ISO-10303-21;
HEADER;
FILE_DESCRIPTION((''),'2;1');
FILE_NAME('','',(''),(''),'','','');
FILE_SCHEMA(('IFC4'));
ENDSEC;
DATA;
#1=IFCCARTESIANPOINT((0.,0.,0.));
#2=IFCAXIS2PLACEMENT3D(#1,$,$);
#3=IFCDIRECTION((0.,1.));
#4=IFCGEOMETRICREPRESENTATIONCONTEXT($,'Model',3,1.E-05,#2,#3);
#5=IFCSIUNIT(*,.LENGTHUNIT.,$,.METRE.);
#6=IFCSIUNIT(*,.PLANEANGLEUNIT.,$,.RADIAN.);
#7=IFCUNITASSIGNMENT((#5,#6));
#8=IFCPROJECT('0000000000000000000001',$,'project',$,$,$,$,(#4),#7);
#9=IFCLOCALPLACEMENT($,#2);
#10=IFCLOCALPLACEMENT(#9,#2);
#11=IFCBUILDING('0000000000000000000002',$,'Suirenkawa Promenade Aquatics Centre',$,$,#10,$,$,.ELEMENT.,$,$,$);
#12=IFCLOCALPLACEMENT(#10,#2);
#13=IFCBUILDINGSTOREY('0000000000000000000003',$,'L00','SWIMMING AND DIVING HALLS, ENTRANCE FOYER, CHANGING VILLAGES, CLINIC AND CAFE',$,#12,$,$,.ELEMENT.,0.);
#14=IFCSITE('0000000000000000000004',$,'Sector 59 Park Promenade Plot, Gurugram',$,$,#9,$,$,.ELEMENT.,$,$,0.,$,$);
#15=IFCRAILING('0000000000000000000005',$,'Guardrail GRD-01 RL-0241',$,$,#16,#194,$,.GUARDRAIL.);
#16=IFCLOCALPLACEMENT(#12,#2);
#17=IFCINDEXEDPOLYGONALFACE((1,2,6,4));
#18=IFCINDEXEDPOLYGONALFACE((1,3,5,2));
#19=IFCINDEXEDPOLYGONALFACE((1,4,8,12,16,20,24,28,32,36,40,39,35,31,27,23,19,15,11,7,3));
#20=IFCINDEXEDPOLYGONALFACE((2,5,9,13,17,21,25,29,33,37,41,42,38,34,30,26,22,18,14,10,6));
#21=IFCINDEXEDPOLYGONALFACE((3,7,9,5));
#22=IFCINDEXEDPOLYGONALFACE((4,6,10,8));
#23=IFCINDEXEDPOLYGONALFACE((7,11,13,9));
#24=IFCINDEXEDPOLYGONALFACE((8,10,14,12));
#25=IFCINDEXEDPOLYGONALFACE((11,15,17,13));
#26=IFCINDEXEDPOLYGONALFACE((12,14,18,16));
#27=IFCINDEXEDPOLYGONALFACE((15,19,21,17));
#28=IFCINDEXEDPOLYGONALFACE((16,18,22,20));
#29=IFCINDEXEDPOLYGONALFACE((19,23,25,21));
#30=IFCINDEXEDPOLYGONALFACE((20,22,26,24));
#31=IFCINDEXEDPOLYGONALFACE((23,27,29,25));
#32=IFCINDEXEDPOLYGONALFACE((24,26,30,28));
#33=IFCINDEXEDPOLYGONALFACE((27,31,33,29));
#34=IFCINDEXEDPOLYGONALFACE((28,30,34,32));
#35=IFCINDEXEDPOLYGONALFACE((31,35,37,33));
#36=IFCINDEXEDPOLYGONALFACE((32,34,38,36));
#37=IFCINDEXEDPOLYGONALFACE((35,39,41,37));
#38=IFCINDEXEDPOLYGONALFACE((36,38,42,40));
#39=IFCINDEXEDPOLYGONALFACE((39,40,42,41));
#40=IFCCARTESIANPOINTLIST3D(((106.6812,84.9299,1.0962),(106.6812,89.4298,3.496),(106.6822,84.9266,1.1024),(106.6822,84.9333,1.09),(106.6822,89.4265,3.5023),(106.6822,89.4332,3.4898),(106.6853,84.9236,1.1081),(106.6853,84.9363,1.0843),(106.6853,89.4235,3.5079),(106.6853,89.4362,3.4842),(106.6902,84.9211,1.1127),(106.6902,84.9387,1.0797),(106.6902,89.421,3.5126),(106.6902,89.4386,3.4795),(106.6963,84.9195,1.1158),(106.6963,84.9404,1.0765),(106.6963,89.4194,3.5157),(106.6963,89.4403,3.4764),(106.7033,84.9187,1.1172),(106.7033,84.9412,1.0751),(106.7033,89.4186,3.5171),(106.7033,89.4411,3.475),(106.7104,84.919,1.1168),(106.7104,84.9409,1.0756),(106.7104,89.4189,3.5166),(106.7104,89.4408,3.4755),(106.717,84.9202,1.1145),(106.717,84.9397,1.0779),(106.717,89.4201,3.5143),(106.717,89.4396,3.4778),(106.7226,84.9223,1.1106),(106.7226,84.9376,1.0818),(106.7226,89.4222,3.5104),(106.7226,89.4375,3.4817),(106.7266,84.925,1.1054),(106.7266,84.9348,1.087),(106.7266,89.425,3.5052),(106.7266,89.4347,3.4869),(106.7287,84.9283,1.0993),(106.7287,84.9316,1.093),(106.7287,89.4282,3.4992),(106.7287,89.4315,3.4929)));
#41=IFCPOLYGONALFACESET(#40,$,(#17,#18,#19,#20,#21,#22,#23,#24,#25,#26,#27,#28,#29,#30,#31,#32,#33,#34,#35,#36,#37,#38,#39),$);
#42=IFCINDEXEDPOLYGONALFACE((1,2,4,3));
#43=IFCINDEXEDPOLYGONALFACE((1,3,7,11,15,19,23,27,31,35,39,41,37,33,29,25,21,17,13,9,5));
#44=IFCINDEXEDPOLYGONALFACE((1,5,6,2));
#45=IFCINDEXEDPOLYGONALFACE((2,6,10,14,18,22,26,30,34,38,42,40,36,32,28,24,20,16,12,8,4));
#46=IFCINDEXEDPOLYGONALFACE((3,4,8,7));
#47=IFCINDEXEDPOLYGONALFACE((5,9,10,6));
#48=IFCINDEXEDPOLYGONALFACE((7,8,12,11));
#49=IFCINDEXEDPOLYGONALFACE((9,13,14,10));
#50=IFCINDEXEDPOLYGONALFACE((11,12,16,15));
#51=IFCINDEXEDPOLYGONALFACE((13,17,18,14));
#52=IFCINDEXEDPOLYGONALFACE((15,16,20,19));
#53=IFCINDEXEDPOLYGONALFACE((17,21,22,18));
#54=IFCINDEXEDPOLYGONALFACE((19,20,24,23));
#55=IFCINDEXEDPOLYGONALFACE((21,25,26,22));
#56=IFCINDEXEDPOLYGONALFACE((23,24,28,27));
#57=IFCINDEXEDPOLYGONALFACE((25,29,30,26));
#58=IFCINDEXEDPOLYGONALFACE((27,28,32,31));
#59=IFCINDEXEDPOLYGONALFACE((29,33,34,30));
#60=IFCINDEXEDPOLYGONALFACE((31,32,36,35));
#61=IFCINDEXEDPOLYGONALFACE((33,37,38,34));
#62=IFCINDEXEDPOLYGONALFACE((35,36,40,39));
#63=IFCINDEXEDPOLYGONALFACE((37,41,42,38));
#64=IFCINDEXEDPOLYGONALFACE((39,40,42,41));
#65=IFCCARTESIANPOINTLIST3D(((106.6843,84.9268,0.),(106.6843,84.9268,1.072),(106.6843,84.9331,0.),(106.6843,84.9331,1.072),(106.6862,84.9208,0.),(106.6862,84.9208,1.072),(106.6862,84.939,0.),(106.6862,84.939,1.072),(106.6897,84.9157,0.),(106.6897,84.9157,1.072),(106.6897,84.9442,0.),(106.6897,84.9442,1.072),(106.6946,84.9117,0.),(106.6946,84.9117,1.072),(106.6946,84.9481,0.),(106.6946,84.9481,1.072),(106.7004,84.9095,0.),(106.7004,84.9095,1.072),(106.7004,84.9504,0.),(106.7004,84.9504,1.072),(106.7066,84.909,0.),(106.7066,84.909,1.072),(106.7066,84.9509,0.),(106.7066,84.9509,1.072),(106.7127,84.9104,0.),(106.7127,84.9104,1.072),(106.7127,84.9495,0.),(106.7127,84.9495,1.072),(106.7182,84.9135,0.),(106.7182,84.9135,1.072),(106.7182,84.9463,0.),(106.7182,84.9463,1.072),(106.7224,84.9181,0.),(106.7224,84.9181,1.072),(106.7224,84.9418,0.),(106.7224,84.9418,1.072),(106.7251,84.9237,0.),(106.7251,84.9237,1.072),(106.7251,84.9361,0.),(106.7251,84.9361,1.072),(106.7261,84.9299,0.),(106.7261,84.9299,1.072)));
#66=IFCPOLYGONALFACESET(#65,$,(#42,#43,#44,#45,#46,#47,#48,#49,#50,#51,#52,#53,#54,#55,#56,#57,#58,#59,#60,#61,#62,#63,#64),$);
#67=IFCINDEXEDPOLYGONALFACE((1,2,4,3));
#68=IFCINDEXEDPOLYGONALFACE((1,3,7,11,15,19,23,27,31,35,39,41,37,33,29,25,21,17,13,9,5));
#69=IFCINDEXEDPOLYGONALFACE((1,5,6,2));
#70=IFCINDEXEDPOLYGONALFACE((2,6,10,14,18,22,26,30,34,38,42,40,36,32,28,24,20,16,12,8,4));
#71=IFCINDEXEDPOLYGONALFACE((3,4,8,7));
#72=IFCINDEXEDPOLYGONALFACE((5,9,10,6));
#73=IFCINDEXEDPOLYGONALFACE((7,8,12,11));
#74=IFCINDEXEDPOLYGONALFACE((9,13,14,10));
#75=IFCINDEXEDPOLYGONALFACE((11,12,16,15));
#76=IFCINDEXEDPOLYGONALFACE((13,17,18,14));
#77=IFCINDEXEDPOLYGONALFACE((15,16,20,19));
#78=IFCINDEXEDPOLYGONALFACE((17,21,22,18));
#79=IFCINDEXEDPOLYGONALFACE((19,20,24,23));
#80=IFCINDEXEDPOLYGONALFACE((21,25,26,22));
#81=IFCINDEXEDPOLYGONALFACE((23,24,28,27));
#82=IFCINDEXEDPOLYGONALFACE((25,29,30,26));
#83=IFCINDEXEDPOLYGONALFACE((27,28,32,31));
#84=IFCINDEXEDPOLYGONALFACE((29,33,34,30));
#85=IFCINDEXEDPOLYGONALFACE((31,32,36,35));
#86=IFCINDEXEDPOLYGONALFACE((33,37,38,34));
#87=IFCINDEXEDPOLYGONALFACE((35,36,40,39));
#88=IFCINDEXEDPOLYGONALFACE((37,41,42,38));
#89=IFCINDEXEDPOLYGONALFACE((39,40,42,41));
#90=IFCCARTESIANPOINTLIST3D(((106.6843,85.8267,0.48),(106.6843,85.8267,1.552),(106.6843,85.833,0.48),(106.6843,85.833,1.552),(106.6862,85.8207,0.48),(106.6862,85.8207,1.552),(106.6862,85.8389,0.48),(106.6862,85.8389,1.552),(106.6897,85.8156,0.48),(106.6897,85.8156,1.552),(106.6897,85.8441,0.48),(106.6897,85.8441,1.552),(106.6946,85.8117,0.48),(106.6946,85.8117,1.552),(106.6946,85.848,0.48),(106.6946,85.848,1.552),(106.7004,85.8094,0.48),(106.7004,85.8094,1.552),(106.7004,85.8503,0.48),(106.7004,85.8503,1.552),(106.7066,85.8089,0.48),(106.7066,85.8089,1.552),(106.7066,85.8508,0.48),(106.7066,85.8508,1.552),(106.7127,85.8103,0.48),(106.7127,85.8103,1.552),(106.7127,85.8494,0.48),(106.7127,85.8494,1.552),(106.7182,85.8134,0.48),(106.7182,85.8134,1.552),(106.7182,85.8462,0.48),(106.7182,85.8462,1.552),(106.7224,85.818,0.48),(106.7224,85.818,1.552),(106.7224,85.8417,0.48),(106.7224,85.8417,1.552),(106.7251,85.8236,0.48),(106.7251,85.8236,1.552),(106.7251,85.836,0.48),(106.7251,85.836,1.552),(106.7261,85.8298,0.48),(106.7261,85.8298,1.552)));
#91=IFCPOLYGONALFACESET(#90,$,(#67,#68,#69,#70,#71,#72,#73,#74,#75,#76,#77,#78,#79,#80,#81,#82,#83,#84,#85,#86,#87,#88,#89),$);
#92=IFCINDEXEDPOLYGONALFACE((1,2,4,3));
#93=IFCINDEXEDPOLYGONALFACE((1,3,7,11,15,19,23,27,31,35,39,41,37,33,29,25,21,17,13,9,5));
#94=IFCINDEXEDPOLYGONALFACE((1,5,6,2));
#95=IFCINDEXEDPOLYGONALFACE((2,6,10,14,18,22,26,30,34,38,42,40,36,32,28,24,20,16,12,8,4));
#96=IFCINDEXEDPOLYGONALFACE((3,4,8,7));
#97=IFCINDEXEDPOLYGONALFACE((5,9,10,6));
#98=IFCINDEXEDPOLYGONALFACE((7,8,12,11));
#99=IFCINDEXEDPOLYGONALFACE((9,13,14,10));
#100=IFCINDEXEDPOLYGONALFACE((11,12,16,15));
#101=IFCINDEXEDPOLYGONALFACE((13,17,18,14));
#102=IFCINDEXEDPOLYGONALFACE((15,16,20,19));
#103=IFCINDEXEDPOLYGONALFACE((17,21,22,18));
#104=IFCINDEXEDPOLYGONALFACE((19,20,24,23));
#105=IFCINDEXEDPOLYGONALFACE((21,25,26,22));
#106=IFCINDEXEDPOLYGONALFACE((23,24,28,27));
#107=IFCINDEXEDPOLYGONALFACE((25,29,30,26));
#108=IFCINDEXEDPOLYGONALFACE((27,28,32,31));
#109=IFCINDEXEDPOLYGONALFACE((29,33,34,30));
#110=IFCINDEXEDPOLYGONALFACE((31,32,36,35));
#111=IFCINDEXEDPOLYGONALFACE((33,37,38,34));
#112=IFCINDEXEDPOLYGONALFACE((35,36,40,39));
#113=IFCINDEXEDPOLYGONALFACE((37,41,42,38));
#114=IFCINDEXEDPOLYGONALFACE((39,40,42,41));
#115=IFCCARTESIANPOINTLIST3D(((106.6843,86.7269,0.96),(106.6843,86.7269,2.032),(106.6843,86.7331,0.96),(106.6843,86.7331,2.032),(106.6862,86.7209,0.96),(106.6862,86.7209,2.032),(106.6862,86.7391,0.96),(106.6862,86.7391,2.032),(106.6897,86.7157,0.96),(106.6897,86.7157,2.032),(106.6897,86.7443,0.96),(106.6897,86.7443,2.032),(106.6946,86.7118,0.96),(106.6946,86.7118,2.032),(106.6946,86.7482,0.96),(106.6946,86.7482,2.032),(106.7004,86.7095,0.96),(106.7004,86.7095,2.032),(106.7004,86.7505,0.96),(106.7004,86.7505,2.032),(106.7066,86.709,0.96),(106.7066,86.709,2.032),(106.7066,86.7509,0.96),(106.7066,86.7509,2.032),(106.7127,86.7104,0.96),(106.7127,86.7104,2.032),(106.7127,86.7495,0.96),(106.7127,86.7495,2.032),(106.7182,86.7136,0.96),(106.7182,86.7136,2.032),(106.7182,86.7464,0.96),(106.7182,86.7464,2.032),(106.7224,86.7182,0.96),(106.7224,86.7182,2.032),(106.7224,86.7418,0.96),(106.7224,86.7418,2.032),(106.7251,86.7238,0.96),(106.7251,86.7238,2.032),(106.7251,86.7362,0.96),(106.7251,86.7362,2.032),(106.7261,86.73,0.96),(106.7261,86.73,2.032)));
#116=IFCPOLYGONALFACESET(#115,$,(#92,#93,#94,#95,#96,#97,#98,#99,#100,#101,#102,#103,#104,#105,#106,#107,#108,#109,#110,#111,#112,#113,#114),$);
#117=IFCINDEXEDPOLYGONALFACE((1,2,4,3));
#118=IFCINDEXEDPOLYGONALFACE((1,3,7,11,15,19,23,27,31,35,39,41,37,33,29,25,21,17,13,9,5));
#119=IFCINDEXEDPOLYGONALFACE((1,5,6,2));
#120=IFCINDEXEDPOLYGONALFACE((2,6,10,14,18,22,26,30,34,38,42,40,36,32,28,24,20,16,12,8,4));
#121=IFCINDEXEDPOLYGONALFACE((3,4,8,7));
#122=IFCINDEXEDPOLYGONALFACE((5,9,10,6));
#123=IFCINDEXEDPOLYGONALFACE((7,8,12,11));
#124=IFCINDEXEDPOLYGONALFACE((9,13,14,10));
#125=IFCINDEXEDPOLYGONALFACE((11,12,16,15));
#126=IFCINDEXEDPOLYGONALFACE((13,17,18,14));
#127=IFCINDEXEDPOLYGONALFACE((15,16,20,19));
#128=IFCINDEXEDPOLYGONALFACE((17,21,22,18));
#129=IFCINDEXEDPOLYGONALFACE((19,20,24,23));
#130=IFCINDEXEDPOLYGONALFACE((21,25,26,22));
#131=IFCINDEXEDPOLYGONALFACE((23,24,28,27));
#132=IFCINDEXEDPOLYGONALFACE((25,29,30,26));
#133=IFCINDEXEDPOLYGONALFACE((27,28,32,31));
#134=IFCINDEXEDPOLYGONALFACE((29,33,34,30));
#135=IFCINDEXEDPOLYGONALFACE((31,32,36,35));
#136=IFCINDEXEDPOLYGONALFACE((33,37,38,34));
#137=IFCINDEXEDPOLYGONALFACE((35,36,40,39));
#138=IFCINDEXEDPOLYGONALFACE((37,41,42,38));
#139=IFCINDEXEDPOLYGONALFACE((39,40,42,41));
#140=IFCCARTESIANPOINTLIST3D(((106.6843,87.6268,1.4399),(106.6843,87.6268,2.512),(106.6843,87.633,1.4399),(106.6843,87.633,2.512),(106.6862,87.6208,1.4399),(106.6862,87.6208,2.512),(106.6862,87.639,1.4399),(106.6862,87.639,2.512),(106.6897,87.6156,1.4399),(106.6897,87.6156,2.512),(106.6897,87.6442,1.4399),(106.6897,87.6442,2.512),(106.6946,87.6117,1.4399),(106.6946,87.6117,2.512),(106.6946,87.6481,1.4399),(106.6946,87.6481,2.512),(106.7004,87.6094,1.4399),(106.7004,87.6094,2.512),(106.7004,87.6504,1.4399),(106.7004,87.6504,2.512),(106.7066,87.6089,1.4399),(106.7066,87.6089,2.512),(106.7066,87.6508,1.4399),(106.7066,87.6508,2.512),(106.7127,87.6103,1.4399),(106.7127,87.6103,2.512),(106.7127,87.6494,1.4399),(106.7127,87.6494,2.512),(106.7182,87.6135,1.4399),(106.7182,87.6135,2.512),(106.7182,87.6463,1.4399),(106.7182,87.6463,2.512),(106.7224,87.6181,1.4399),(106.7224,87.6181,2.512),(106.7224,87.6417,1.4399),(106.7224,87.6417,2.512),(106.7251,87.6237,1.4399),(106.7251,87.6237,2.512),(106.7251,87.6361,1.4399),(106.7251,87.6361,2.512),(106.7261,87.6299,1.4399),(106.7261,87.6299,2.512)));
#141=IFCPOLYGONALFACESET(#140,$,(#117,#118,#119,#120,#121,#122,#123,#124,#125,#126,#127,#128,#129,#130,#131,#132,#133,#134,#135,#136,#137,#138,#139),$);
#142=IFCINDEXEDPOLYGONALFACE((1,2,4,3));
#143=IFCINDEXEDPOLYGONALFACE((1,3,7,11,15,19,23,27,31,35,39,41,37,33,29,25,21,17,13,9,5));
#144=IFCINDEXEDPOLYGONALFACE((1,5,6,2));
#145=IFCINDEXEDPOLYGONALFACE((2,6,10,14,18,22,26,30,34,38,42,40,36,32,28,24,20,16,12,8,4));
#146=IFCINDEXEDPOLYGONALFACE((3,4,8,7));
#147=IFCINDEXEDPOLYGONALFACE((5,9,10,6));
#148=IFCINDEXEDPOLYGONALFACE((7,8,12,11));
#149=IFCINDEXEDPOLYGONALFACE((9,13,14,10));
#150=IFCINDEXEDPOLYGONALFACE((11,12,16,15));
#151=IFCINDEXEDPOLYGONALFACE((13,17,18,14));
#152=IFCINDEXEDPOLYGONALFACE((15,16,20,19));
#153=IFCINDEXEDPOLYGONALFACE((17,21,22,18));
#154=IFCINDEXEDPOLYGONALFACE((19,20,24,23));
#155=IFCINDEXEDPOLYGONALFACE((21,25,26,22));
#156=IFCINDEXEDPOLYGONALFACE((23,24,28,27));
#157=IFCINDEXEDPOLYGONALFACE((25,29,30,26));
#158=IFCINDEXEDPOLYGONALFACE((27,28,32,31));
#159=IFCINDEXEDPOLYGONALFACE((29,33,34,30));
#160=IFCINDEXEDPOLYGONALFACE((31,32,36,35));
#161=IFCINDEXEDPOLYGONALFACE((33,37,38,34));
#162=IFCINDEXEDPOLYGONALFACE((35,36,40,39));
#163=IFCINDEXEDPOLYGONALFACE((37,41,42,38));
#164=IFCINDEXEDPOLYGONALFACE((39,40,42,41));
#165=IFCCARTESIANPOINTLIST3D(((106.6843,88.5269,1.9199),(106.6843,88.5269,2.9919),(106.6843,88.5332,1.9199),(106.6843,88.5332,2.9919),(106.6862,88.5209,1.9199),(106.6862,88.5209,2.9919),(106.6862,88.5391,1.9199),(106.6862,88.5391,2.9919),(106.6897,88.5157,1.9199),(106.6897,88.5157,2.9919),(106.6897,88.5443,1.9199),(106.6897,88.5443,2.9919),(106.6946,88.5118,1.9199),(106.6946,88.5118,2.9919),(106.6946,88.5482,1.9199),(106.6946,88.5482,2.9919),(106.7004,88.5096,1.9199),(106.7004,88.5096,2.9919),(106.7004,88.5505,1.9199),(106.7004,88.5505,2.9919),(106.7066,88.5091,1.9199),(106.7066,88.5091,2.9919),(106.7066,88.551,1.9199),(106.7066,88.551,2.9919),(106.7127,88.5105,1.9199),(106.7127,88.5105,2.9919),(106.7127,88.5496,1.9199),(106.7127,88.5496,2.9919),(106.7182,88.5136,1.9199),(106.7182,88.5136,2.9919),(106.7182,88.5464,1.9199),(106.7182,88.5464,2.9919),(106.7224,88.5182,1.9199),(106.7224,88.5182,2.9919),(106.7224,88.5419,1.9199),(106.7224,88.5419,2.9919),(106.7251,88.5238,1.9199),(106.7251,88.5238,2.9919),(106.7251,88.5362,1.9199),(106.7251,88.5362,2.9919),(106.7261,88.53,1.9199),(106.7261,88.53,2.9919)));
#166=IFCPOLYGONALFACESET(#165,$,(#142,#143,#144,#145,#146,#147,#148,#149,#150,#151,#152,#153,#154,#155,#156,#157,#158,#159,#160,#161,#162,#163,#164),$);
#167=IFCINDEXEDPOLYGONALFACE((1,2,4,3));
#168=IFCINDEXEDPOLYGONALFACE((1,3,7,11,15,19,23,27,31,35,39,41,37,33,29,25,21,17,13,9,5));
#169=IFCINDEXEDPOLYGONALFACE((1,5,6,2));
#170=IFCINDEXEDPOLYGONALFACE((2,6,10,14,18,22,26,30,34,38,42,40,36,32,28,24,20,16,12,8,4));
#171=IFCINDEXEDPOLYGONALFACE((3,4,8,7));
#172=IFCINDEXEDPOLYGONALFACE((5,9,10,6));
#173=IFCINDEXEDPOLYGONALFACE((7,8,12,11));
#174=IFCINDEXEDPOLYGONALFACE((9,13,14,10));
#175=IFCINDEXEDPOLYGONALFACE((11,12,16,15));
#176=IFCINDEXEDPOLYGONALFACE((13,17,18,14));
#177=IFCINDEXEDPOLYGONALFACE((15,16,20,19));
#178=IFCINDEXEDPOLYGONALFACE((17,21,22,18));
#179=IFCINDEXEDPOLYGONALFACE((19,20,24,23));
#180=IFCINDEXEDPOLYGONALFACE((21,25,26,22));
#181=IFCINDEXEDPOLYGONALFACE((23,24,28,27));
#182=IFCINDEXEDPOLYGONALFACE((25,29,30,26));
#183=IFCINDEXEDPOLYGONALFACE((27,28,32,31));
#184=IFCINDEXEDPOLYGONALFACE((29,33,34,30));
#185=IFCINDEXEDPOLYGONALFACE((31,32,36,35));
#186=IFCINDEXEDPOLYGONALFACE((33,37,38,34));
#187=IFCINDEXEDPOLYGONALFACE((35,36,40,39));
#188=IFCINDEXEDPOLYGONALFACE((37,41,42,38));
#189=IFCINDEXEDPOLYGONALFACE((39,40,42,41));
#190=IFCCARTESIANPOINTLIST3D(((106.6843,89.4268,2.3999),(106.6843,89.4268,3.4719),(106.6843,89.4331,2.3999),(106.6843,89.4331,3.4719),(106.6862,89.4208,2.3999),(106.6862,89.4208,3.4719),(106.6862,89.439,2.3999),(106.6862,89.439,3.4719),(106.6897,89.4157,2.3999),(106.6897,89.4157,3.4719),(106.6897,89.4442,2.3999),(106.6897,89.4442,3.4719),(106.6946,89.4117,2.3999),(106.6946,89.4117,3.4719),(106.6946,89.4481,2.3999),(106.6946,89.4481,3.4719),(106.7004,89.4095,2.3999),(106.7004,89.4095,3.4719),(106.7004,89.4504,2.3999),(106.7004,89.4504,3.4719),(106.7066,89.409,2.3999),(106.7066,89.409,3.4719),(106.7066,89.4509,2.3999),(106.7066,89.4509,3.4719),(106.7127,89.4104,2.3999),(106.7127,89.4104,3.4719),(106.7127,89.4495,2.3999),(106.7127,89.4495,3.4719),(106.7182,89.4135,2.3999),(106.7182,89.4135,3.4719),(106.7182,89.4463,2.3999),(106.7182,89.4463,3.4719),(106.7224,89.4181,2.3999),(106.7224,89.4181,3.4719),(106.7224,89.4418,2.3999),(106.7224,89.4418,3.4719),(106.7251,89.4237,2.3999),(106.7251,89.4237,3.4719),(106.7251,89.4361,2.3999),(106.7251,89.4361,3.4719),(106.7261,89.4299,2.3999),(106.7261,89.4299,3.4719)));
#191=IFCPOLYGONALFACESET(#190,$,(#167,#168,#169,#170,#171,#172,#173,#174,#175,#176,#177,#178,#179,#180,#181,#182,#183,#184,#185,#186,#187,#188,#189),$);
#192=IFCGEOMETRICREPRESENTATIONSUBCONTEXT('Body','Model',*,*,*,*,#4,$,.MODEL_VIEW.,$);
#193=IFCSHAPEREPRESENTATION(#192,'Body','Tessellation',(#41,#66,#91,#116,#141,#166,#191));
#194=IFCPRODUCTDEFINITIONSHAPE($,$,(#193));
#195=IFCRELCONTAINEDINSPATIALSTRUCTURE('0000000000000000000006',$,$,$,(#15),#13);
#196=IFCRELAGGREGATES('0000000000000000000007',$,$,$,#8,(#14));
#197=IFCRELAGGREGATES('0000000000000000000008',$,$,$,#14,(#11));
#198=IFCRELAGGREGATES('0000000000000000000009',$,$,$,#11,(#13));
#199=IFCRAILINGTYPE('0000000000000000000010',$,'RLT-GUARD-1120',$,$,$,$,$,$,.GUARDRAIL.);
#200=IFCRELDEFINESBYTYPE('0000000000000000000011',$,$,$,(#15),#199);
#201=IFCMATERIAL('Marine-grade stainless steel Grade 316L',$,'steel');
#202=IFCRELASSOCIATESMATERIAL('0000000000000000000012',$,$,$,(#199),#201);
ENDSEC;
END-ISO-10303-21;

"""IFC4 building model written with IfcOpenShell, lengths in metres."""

from ifc_helpers import new_model, si_unit, direction, frame, origin, origin_2d, place, context, subcontext, project, spatial, circle, extrude, material, type_object, element, save


model = new_model("IFC4")

# Units and contexts
model_context = context("Model", 3, precision=1e-05, world=origin(), true_north=direction((0.0, 1.0)))
body_context = subcontext(model_context, "Body", "Model", "MODEL_VIEW")
ifc_project = project(units=[si_unit("LENGTHUNIT", "METRE"), si_unit("PLANEANGLEUNIT", "RADIAN")], contexts=[model_context])

# Site, building, storey
site_placement = place(None, origin())
site = spatial("IfcSite", under=ifc_project, at=site_placement, Name="Sector 59 Park Promenade Plot, Gurugram", CompositionType="ELEMENT", RefElevation=0.0)
building_placement = place(site_placement, origin())
building = spatial("IfcBuilding", under=site, at=building_placement, Name="Suirenkawa Promenade Aquatics Centre", CompositionType="ELEMENT")
storey_placement = place(building_placement, origin())
storey = spatial("IfcBuildingStorey", under=building, at=storey_placement, Name="L00", Description="SWIMMING AND DIVING HALLS, ENTRANCE FOYER, CHANGING VILLAGES, CLINIC AND CAFE", CompositionType="ELEMENT", Elevation=0.0)

# Railing
ifc_material_1 = material(Name="Marine-grade stainless steel Grade 316L", Category="steel")
railing_type_1 = type_object("IfcRailingType", Name="RLT-GUARD-1120", PredefinedType="GUARDRAIL", material=ifc_material_1)
for number, where, name in (
    (1, (106.7051, 84.9299, 0.0), "Guardrail GRD-01 RL-0241"),
):
    element("IfcRailing", number, at=place(storey_placement, frame(where)), inside=storey, type_object=railing_type_1, Name=name, PredefinedType="GUARDRAIL", context=body_context, shape_type="SweptSolid", body=[
        extrude(circle(Radius=0.0239, at=origin_2d()), frame((0.0, 0.0, 1.0962), z_axis=(0.0, 0.882361, 0.470573), x_axis=(-1.0, 0.0, 0.0)), (0.0, 0.0, 1.0), 5.0999),
        extrude(circle(Radius=0.021, at=origin_2d()), origin(), (0.0, 0.0, 1.0), 1.072),
        extrude(circle(Radius=0.021, at=origin_2d()), frame((0.0, 0.8999, 0.48)), (0.0, 0.0, 1.0), 1.072),
        extrude(circle(Radius=0.021, at=origin_2d()), frame((0.0, 1.8, 0.96)), (0.0, 0.0, 1.0), 1.072),
        extrude(circle(Radius=0.021, at=origin_2d()), frame((0.0, 2.7, 1.4399)), (0.0, 0.0, 1.0), 1.072),
        extrude(circle(Radius=0.021, at=origin_2d()), frame((0.0, 3.6001, 1.9199)), (0.0, 0.0, 1.0), 1.072),
        extrude(circle(Radius=0.021, at=origin_2d()), frame((0.0, 4.5, 2.3999)), (0.0, 0.0, 1.0), 1.072),
    ])

save(model, "model.ifc")
